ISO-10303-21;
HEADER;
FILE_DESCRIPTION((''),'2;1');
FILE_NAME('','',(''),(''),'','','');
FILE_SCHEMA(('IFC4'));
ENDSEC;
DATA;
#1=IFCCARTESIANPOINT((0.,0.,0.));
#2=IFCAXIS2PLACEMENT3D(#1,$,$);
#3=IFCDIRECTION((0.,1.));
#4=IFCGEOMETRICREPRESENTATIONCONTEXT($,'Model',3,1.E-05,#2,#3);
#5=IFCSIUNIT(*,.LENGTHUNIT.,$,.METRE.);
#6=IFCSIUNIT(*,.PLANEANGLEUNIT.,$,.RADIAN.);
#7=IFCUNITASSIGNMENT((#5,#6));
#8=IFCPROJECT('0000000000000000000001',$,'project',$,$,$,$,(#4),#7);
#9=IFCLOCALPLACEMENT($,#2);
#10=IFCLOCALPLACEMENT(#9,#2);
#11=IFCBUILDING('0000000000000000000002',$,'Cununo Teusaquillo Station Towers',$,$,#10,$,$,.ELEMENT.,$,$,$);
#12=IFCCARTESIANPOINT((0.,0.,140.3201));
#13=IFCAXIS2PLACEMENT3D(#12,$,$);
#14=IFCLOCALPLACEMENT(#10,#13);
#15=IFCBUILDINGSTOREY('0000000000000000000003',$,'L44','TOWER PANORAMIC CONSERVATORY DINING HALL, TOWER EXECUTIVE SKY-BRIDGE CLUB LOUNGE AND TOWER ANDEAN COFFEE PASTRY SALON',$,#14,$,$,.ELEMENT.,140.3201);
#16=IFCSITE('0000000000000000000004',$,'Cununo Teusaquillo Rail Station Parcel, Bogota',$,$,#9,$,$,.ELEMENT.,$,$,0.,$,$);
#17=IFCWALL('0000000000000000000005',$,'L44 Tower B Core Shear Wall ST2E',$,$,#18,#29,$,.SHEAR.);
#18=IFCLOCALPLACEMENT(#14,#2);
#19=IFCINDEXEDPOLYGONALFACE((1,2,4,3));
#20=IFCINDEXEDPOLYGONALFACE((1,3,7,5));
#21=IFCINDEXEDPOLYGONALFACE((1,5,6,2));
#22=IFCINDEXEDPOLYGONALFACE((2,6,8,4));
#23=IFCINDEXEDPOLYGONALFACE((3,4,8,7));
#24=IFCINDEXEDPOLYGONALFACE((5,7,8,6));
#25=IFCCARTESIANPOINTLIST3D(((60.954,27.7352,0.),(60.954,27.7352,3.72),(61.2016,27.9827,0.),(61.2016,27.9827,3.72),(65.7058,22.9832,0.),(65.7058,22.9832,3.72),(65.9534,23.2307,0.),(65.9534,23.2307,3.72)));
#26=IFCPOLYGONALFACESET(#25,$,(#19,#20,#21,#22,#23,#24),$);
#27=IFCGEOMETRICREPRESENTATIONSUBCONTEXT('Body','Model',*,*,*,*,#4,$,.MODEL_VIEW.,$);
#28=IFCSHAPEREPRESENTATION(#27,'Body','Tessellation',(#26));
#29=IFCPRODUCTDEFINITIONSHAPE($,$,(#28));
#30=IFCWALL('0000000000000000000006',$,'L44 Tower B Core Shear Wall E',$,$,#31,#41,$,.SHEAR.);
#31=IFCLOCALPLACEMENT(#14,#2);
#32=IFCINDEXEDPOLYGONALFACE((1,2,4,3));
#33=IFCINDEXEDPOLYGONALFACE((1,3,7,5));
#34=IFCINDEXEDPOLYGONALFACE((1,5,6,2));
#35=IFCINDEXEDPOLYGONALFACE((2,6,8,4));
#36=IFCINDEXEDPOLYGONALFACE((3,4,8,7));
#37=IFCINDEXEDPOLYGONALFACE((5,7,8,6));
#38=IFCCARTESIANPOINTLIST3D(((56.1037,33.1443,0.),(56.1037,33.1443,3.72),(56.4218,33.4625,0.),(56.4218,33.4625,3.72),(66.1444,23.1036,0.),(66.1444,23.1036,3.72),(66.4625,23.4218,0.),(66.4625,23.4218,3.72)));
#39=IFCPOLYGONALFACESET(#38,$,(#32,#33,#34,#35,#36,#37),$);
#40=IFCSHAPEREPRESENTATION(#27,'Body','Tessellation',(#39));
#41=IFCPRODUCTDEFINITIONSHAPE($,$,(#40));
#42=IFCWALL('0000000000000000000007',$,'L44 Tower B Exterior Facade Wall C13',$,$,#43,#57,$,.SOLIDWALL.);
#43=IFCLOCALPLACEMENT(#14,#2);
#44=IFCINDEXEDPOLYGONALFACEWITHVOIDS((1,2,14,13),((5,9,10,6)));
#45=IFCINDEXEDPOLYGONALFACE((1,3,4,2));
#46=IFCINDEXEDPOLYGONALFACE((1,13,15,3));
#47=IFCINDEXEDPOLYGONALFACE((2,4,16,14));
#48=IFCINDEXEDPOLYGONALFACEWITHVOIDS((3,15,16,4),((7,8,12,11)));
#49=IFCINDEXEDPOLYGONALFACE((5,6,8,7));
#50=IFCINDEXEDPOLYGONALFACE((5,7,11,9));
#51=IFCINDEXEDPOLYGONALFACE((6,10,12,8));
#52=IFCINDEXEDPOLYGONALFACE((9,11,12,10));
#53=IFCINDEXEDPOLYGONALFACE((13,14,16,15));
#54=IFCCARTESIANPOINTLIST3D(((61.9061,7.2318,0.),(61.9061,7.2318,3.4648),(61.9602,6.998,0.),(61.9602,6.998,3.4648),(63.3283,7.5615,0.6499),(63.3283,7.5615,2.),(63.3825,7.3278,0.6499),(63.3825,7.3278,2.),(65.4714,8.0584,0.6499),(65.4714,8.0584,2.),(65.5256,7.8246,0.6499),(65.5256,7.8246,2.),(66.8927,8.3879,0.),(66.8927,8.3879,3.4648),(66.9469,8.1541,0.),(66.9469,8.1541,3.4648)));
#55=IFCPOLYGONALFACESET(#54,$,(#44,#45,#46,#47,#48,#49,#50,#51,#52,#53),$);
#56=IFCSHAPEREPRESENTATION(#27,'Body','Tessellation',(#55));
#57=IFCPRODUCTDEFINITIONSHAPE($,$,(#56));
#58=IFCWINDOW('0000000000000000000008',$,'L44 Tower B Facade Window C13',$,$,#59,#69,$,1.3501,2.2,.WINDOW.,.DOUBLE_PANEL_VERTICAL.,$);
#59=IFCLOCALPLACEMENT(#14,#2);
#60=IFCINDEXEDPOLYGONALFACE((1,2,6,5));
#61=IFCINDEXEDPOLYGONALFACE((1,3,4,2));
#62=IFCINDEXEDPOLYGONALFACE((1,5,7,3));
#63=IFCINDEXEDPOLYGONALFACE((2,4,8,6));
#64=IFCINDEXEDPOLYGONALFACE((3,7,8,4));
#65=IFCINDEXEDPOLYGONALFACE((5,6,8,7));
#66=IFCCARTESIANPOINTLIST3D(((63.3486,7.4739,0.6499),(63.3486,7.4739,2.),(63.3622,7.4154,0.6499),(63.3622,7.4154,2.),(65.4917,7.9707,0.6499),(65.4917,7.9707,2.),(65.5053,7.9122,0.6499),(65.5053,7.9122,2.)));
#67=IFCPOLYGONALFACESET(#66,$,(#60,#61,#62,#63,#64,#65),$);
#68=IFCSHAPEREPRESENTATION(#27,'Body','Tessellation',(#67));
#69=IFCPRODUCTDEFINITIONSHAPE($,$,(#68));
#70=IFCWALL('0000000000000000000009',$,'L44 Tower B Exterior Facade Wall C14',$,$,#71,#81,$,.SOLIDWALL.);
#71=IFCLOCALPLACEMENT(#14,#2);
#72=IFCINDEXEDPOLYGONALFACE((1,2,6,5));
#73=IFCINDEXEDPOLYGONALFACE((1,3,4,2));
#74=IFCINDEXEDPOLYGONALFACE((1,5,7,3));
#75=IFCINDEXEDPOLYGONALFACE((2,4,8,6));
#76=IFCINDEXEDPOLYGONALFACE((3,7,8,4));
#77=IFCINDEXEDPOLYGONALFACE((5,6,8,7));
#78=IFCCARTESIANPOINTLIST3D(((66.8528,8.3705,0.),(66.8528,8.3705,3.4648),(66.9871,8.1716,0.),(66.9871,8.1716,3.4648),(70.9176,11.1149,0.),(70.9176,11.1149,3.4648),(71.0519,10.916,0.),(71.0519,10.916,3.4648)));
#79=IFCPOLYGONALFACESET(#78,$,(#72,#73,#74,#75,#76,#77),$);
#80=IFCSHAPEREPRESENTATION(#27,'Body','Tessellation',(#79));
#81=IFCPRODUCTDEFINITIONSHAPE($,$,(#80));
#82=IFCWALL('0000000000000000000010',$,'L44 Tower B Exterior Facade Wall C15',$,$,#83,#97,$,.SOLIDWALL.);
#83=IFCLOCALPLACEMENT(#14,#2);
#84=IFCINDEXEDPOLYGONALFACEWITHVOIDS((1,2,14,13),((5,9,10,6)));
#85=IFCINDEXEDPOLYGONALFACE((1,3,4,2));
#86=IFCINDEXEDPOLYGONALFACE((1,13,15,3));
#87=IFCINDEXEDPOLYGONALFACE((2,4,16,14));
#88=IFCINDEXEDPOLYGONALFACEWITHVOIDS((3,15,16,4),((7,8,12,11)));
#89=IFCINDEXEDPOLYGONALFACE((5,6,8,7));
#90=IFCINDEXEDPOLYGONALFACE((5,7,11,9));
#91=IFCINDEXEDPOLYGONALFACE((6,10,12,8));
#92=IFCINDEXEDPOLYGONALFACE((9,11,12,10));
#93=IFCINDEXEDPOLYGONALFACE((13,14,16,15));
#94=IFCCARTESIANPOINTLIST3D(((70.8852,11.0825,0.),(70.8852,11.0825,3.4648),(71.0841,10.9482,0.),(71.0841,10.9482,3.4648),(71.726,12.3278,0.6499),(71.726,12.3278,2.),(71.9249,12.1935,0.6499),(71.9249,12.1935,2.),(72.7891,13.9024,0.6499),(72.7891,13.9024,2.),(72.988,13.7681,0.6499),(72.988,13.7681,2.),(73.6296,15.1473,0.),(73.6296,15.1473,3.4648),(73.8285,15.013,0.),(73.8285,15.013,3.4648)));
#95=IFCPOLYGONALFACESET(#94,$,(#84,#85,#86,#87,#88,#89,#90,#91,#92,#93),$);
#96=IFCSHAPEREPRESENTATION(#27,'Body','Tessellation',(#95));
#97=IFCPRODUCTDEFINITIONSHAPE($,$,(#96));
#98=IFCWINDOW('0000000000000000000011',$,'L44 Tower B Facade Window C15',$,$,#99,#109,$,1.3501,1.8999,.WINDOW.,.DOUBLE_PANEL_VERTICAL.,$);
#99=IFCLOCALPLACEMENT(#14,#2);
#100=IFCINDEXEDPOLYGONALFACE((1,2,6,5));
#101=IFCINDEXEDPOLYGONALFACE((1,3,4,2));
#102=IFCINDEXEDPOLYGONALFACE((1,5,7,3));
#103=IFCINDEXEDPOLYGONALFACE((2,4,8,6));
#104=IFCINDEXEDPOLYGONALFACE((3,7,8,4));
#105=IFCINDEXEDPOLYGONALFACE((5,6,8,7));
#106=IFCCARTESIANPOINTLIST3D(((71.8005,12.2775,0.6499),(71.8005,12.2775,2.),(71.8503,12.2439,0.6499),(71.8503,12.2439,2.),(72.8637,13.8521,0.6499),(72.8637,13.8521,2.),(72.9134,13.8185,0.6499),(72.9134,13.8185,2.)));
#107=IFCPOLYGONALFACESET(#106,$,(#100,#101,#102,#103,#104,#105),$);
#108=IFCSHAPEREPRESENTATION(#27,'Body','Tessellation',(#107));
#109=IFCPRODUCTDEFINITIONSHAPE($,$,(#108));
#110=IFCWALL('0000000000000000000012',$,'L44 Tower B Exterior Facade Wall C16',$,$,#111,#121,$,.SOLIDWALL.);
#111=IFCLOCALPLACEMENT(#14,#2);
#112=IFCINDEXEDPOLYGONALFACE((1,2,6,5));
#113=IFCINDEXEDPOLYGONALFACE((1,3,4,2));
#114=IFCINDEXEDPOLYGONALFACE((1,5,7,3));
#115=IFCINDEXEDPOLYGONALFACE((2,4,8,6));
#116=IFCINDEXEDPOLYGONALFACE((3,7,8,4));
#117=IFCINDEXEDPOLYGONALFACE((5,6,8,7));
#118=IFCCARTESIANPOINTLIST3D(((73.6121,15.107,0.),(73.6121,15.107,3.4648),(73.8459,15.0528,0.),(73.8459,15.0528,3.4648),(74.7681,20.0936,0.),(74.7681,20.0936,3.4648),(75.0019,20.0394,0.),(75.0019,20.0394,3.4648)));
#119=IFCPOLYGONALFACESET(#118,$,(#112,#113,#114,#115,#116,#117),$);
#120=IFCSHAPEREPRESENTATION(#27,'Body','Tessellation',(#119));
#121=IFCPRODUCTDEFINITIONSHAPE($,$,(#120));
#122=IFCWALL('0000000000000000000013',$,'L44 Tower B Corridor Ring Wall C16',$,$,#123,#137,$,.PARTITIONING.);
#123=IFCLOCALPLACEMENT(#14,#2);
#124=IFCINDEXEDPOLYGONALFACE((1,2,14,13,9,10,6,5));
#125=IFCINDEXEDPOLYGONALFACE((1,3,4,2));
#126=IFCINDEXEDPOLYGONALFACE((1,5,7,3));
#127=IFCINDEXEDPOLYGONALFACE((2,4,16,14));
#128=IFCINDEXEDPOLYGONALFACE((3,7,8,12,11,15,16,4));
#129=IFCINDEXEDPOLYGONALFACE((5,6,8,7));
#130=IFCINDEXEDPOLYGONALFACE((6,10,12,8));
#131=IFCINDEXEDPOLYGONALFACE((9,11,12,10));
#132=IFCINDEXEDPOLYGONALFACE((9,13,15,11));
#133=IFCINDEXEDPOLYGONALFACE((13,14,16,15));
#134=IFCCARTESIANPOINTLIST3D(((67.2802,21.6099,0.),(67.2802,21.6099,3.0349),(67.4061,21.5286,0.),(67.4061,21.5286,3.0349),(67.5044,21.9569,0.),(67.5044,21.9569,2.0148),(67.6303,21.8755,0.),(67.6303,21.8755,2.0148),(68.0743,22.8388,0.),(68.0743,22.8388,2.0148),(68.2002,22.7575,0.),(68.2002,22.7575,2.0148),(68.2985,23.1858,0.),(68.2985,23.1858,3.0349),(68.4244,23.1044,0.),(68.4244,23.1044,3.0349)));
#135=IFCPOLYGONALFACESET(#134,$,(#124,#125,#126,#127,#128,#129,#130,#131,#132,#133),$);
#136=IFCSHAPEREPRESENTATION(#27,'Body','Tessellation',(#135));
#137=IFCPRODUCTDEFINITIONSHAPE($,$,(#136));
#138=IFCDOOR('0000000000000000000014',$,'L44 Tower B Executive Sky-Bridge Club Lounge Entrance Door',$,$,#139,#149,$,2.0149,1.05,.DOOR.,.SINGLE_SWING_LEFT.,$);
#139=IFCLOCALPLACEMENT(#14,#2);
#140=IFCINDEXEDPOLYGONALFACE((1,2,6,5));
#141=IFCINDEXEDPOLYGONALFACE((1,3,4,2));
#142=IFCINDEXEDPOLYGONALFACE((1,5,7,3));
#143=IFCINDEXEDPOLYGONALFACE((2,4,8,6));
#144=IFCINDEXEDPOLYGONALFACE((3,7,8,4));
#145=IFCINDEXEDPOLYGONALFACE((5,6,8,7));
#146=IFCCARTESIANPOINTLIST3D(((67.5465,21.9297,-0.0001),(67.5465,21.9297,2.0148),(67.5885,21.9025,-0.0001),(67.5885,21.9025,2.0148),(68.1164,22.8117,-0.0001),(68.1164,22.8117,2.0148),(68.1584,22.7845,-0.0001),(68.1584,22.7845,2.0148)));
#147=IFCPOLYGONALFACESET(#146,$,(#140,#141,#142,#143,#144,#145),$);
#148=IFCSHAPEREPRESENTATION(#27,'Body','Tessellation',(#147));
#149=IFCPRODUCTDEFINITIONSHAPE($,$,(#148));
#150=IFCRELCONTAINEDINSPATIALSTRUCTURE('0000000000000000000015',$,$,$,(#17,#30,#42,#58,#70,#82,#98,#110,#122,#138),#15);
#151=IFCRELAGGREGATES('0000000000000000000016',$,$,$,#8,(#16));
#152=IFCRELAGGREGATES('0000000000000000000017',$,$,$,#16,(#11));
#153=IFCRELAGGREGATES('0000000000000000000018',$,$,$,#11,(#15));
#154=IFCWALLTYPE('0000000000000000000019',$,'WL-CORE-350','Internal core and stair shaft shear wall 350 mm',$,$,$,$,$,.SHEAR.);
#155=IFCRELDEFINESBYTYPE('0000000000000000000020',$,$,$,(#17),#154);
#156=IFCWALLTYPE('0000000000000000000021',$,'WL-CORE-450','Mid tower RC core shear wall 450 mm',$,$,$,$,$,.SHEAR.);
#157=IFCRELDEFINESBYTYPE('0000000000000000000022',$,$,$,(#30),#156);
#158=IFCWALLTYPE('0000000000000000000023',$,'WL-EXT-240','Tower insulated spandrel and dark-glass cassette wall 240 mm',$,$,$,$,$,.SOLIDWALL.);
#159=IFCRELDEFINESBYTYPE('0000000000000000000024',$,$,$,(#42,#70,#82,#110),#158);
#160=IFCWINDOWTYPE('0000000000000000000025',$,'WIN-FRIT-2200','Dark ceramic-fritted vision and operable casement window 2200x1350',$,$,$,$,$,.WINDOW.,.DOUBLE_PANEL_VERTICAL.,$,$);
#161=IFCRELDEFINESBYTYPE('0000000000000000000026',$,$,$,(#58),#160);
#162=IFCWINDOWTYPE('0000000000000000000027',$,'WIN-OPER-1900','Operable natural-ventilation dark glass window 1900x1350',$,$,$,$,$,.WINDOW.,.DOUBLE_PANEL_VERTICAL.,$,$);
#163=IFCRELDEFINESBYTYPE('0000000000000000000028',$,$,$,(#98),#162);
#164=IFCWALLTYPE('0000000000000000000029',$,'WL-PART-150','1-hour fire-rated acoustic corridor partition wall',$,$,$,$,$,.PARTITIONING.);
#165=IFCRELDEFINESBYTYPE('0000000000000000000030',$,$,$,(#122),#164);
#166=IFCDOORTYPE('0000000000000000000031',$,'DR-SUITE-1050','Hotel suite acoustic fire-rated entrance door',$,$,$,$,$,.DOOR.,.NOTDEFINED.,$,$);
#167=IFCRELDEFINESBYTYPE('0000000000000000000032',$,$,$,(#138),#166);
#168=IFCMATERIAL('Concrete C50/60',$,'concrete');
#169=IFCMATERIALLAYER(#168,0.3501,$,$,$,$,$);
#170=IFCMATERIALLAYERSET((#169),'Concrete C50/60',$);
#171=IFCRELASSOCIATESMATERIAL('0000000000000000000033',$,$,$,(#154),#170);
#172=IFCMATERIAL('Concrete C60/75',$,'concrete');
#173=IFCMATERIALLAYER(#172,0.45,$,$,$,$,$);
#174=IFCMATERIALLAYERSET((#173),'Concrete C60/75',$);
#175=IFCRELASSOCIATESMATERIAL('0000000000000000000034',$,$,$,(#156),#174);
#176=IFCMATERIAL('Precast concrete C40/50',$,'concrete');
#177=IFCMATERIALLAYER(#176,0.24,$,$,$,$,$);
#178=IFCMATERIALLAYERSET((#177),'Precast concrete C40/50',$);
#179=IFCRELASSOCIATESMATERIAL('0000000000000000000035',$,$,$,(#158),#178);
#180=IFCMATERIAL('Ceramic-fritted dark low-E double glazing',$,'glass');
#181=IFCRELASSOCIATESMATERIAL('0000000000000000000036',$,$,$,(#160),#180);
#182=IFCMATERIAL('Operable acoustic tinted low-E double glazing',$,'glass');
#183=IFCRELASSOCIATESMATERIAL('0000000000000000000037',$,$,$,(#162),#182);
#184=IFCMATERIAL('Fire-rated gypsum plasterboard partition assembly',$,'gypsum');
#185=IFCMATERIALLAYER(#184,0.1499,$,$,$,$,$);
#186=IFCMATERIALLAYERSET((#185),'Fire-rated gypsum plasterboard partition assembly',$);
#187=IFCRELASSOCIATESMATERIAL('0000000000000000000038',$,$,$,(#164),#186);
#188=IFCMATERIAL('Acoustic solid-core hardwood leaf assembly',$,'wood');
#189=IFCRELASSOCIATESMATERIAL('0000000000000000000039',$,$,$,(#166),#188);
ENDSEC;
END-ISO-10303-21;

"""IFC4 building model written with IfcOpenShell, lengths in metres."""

from ifc_helpers import new_model, si_unit, direction, frame, frame_2d, origin, place, context, subcontext, project, spatial, rectangle, extrude, source, transform, mapped, material, layer, layer_set, type_object, element, fill, save


model = new_model("IFC4")

# Units and contexts
model_context = context("Model", 3, precision=1e-05, world=origin(), true_north=direction((0.0, 1.0)))
body_context = subcontext(model_context, "Body", "Model", "MODEL_VIEW")
ifc_project = project(units=[si_unit("LENGTHUNIT", "METRE"), si_unit("PLANEANGLEUNIT", "RADIAN")], contexts=[model_context])

# Site, building, storey
site_placement = place(None, origin())
site = spatial("IfcSite", under=ifc_project, at=site_placement, Name="Cununo Teusaquillo Rail Station Parcel, Bogota", CompositionType="ELEMENT", RefElevation=0.0)
building_placement = place(site_placement, origin())
building = spatial("IfcBuilding", under=site, at=building_placement, Name="Cununo Teusaquillo Station Towers", CompositionType="ELEMENT")
storey_placement = place(building_placement, frame((0.0, 0.0, 140.3201)))
storey = spatial("IfcBuildingStorey", under=building, at=storey_placement, Name="L44", Description="TOWER PANORAMIC CONSERVATORY DINING HALL, TOWER EXECUTIVE SKY-BRIDGE CLUB LOUNGE AND TOWER ANDEAN COFFEE PASTRY SALON", CompositionType="ELEMENT", Elevation=140.3201)

# Walls
ifc_material_1 = material(Name="Concrete C50/60", Category="concrete")
ifc_layer_1 = layer(ifc_material_1, 0.3501)
ifc_layer_set_1 = layer_set([ifc_layer_1], Name="Concrete C50/60")
wall_type_1 = type_object("IfcWallType", Name="WL-CORE-350", Description="Internal core and stair shaft shear wall 350 mm", PredefinedType="SHEAR", material=ifc_layer_set_1)
wall_1_placement = place(storey_placement, frame((65.8296, 23.1069, 0.0), z_axis=(0.0, 0.0, 1.0), x_axis=(-0.707089, 0.707125, 0.0)))
element("IfcWall", 1, at=wall_1_placement, inside=storey, type_object=wall_type_1, Name="L44 Tower B Core Shear Wall ST2E", PredefinedType="SHEAR", context=body_context, shape_type="SweptSolid", body=[
    extrude(rectangle(XDim=6.7202, YDim=0.3501, at=frame_2d((3.3601, 0.0))), origin(), (0.0, 0.0, 1.0), 3.72),
])
ifc_material_2 = material(Name="Concrete C60/75", Category="concrete")
ifc_layer_2 = layer(ifc_material_2, 0.45)
ifc_layer_set_2 = layer_set([ifc_layer_2], Name="Concrete C60/75")
wall_type_2 = type_object("IfcWallType", Name="WL-CORE-450", Description="Mid tower RC core shear wall 450 mm", PredefinedType="SHEAR", material=ifc_layer_set_2)
wall_2_placement = place(storey_placement, frame((66.3035, 23.2627, 0.0), z_axis=(0.0, 0.0, 1.0), x_axis=(-0.707107, 0.707107, 0.0)))
element("IfcWall", 2, at=wall_2_placement, inside=storey, type_object=wall_type_2, Name="L44 Tower B Core Shear Wall E", PredefinedType="SHEAR", context=body_context, shape_type="SweptSolid", body=[
    extrude(rectangle(XDim=14.1997, YDim=0.45, at=frame_2d((7.0999, 0.0))), origin(), (0.0, 0.0, 1.0), 3.72),
])

# Wall, opening, window
ifc_material_3 = material(Name="Precast concrete C40/50", Category="concrete")
ifc_layer_3 = layer(ifc_material_3, 0.24)
ifc_layer_set_3 = layer_set([ifc_layer_3], Name="Precast concrete C40/50")
wall_type_3 = type_object("IfcWallType", Name="WL-EXT-240", Description="Tower insulated spandrel and dark-glass cassette wall 240 mm", PredefinedType="SOLIDWALL", material=ifc_layer_set_3)
wall_3_placement = place(storey_placement, frame((66.9199, 8.271, 0.0), z_axis=(0.0, 0.0, 1.0), x_axis=(-0.974166, -0.225835, 0.0)))
wall_3 = element("IfcWall", 3, at=wall_3_placement, inside=storey, type_object=wall_type_3, Name="L44 Tower B Exterior Facade Wall C13", PredefinedType="SOLIDWALL", context=body_context, shape_type="SweptSolid", body=[
    extrude(rectangle(XDim=5.1189, YDim=0.24, at=frame_2d((2.5596, 0.0))), origin(), (0.0, 0.0, 1.0), 3.4648),
])
shared_shape_1 = source(origin(), body_context, "Body", "SweptSolid", [
    extrude(rectangle(XDim=2.2, YDim=1.3501, at=frame_2d((1.1001, 0.675))), frame((0.0, 0.1299, 0.0), z_axis=(0.0, -1.0, 0.0), x_axis=(1.0, 0.0, 0.0)), (0.0, 0.0, 1.0), 0.26),
])
opening_1_placement = place(wall_3_placement, frame((1.459, 0.0, 0.6499)))
opening_1 = element("IfcOpeningElement", 4, at=opening_1_placement, cuts=wall_3, PredefinedType="OPENING", context=body_context, shape_type="MappedRepresentation", body=[
    mapped(shared_shape_1, transform((0.0, 0.0, 0.0), x_axis=(1.0, 0.0, 0.0), y_axis=(0.0, 1.0, 0.0), z_axis=(0.0, 0.0, 1.0), scale=1.0)),
])
ifc_material_4 = material(Name="Ceramic-fritted dark low-E double glazing", Category="glass")
window_type_1 = type_object("IfcWindowType", Name="WIN-FRIT-2200", Description="Dark ceramic-fritted vision and operable casement window 2200x1350", PartitioningType="DOUBLE_PANEL_VERTICAL", PredefinedType="WINDOW", material=ifc_material_4)
shared_shape_2 = source(origin(), body_context, "Body", "SweptSolid", [
    extrude(rectangle(XDim=2.2, YDim=1.3501, at=frame_2d((1.1001, 0.675))), frame((0.0, 0.03, 0.0), z_axis=(0.0, -1.0, 0.0), x_axis=(1.0, 0.0, 0.0)), (0.0, 0.0, 1.0), 0.0601),
])
window_1_placement = place(opening_1_placement, origin())
window_1 = element("IfcWindow", 5, at=window_1_placement, inside=storey, type_object=window_type_1, Name="L44 Tower B Facade Window C13", OverallHeight=1.3501, OverallWidth=2.2, PartitioningType="DOUBLE_PANEL_VERTICAL", PredefinedType="WINDOW", context=body_context, shape_type="MappedRepresentation", body=[
    mapped(shared_shape_2, transform((0.0, 0.0, 0.0), x_axis=(1.0, 0.0, 0.0), y_axis=(0.0, 1.0, 0.0), z_axis=(0.0, 0.0, 1.0), scale=1.0)),
])
fill(opening_1, window_1)

# Wall
wall_4_placement = place(storey_placement, frame((70.9846, 11.0154, 0.0), z_axis=(0.0, 0.0, 1.0), x_axis=(-0.828781, -0.559573, 0.0)))
element("IfcWall", 6, at=wall_4_placement, inside=storey, type_object=wall_type_3, Name="L44 Tower B Exterior Facade Wall C14", PredefinedType="SOLIDWALL", context=body_context, shape_type="SweptSolid", body=[
    extrude(rectangle(XDim=4.9045, YDim=0.24, at=frame_2d((2.4521, 0.0))), origin(), (0.0, 0.0, 1.0), 3.4648),
])

# Wall, opening, window
wall_5_placement = place(storey_placement, frame((73.729, 15.0801, 0.0), z_axis=(0.0, 0.0, 1.0), x_axis=(-0.559573, -0.828781, 0.0)))
wall_5 = element("IfcWall", 7, at=wall_5_placement, inside=storey, type_object=wall_type_3, Name="L44 Tower B Exterior Facade Wall C15", PredefinedType="SOLIDWALL", context=body_context, shape_type="SweptSolid", body=[
    extrude(rectangle(XDim=4.9045, YDim=0.24, at=frame_2d((2.4521, 0.0))), origin(), (0.0, 0.0, 1.0), 3.4648),
])
shared_shape_3 = source(origin(), body_context, "Body", "SweptSolid", [
    extrude(rectangle(XDim=1.8999, YDim=1.3501, at=frame_2d((0.95, 0.675))), frame((0.0, 0.1299, 0.0), z_axis=(0.0, -1.0, 0.0), x_axis=(1.0, 0.0, 0.0)), (0.0, 0.0, 1.0), 0.26),
])
opening_2_placement = place(wall_5_placement, frame((1.502, 0.0, 0.6499)))
opening_2 = element("IfcOpeningElement", 8, at=opening_2_placement, cuts=wall_5, PredefinedType="OPENING", context=body_context, shape_type="MappedRepresentation", body=[
    mapped(shared_shape_3, transform((0.0, 0.0, 0.0), x_axis=(1.0, 0.0, 0.0), y_axis=(0.0, 1.0, 0.0), z_axis=(0.0, 0.0, 1.0), scale=1.0)),
])
ifc_material_5 = material(Name="Operable acoustic tinted low-E double glazing", Category="glass")
window_type_2 = type_object("IfcWindowType", Name="WIN-OPER-1900", Description="Operable natural-ventilation dark glass window 1900x1350", PartitioningType="DOUBLE_PANEL_VERTICAL", PredefinedType="WINDOW", material=ifc_material_5)
shared_shape_4 = source(origin(), body_context, "Body", "SweptSolid", [
    extrude(rectangle(XDim=1.8999, YDim=1.3501, at=frame_2d((0.95, 0.675))), frame((0.0, 0.03, 0.0), z_axis=(0.0, -1.0, 0.0), x_axis=(1.0, 0.0, 0.0)), (0.0, 0.0, 1.0), 0.0601),
])
window_2_placement = place(opening_2_placement, origin())
window_2 = element("IfcWindow", 9, at=window_2_placement, inside=storey, type_object=window_type_2, Name="L44 Tower B Facade Window C15", OverallHeight=1.3501, OverallWidth=1.8999, PartitioningType="DOUBLE_PANEL_VERTICAL", PredefinedType="WINDOW", context=body_context, shape_type="MappedRepresentation", body=[
    mapped(shared_shape_4, transform((0.0, 0.0, 0.0), x_axis=(1.0, 0.0, 0.0), y_axis=(0.0, 1.0, 0.0), z_axis=(0.0, 0.0, 1.0), scale=1.0)),
])
fill(opening_2, window_2)

# Wall
wall_6_placement = place(storey_placement, frame((74.885, 20.0667, 0.0), z_axis=(0.0, 0.0, 1.0), x_axis=(-0.225835, -0.974166, 0.0)))
element("IfcWall", 10, at=wall_6_placement, inside=storey, type_object=wall_type_3, Name="L44 Tower B Exterior Facade Wall C16", PredefinedType="SOLIDWALL", context=body_context, shape_type="SweptSolid", body=[
    extrude(rectangle(XDim=5.1189, YDim=0.24, at=frame_2d((2.5596, 0.0))), origin(), (0.0, 0.0, 1.0), 3.4648),
])

# Wall, opening, door
ifc_material_6 = material(Name="Fire-rated gypsum plasterboard partition assembly", Category="gypsum")
ifc_layer_4 = layer(ifc_material_6, 0.1499)
ifc_layer_set_4 = layer_set([ifc_layer_4], Name="Fire-rated gypsum plasterboard partition assembly")
wall_type_4 = type_object("IfcWallType", Name="WL-PART-150", Description="1-hour fire-rated acoustic corridor partition wall", PredefinedType="PARTITIONING", material=ifc_layer_set_4)
wall_7_placement = place(storey_placement, frame((67.3433, 21.5693, 0.0), z_axis=(0.0, 0.0, 1.0), x_axis=(0.542722, 0.839912, 0.0)))
wall_7 = element("IfcWall", 11, at=wall_7_placement, inside=storey, type_object=wall_type_4, Name="L44 Tower B Corridor Ring Wall C16", PredefinedType="PARTITIONING", context=body_context, shape_type="SweptSolid", body=[
    extrude(rectangle(XDim=1.8762, YDim=0.1499, at=frame_2d((0.938, 0.0))), origin(), (0.0, 0.0, 1.0), 3.0349),
])
shared_shape_5 = source(origin(), body_context, "Body", "SweptSolid", [
    extrude(rectangle(XDim=1.05, YDim=2.0149, at=frame_2d((0.5249, 1.0073))), frame((0.0, 0.085, 0.0), z_axis=(0.0, -1.0, 0.0), x_axis=(1.0, 0.0, 0.0)), (0.0, 0.0, 1.0), 0.1699),
])
opening_3_placement = place(wall_7_placement, frame((0.4131, 0.0, 0.0)))
opening_3 = element("IfcOpeningElement", 12, at=opening_3_placement, cuts=wall_7, PredefinedType="OPENING", context=body_context, shape_type="MappedRepresentation", body=[
    mapped(shared_shape_5, transform((0.0, 0.0, 0.0), x_axis=(1.0, 0.0, 0.0), y_axis=(0.0, 1.0, 0.0), z_axis=(0.0, 0.0, 1.0), scale=1.0)),
])
ifc_material_7 = material(Name="Acoustic solid-core hardwood leaf assembly", Category="wood")
door_type = type_object("IfcDoorType", Name="DR-SUITE-1050", Description="Hotel suite acoustic fire-rated entrance door", OperationType="NOTDEFINED", PredefinedType="DOOR", material=ifc_material_7)
shared_shape_6 = source(origin(), body_context, "Body", "SweptSolid", [
    extrude(rectangle(XDim=1.05, YDim=2.0149, at=frame_2d((0.5249, 1.0073))), frame((0.0, 0.0249, 0.0), z_axis=(0.0, -1.0, 0.0), x_axis=(1.0, 0.0, 0.0)), (0.0, 0.0, 1.0), 0.05),
])
door_placement = place(opening_3_placement, origin())
door = element("IfcDoor", 13, at=door_placement, inside=storey, type_object=door_type, Name="L44 Tower B Executive Sky-Bridge Club Lounge Entrance Door", OperationType="SINGLE_SWING_LEFT", OverallHeight=2.0149, OverallWidth=1.05, PredefinedType="DOOR", context=body_context, shape_type="MappedRepresentation", body=[
    mapped(shared_shape_6, transform((0.0, 0.0, 0.0), x_axis=(1.0, 0.0, 0.0), y_axis=(0.0, 1.0, 0.0), z_axis=(0.0, 0.0, 1.0), scale=1.0)),
])
fill(opening_3, door)

save(model, "model.ifc")
